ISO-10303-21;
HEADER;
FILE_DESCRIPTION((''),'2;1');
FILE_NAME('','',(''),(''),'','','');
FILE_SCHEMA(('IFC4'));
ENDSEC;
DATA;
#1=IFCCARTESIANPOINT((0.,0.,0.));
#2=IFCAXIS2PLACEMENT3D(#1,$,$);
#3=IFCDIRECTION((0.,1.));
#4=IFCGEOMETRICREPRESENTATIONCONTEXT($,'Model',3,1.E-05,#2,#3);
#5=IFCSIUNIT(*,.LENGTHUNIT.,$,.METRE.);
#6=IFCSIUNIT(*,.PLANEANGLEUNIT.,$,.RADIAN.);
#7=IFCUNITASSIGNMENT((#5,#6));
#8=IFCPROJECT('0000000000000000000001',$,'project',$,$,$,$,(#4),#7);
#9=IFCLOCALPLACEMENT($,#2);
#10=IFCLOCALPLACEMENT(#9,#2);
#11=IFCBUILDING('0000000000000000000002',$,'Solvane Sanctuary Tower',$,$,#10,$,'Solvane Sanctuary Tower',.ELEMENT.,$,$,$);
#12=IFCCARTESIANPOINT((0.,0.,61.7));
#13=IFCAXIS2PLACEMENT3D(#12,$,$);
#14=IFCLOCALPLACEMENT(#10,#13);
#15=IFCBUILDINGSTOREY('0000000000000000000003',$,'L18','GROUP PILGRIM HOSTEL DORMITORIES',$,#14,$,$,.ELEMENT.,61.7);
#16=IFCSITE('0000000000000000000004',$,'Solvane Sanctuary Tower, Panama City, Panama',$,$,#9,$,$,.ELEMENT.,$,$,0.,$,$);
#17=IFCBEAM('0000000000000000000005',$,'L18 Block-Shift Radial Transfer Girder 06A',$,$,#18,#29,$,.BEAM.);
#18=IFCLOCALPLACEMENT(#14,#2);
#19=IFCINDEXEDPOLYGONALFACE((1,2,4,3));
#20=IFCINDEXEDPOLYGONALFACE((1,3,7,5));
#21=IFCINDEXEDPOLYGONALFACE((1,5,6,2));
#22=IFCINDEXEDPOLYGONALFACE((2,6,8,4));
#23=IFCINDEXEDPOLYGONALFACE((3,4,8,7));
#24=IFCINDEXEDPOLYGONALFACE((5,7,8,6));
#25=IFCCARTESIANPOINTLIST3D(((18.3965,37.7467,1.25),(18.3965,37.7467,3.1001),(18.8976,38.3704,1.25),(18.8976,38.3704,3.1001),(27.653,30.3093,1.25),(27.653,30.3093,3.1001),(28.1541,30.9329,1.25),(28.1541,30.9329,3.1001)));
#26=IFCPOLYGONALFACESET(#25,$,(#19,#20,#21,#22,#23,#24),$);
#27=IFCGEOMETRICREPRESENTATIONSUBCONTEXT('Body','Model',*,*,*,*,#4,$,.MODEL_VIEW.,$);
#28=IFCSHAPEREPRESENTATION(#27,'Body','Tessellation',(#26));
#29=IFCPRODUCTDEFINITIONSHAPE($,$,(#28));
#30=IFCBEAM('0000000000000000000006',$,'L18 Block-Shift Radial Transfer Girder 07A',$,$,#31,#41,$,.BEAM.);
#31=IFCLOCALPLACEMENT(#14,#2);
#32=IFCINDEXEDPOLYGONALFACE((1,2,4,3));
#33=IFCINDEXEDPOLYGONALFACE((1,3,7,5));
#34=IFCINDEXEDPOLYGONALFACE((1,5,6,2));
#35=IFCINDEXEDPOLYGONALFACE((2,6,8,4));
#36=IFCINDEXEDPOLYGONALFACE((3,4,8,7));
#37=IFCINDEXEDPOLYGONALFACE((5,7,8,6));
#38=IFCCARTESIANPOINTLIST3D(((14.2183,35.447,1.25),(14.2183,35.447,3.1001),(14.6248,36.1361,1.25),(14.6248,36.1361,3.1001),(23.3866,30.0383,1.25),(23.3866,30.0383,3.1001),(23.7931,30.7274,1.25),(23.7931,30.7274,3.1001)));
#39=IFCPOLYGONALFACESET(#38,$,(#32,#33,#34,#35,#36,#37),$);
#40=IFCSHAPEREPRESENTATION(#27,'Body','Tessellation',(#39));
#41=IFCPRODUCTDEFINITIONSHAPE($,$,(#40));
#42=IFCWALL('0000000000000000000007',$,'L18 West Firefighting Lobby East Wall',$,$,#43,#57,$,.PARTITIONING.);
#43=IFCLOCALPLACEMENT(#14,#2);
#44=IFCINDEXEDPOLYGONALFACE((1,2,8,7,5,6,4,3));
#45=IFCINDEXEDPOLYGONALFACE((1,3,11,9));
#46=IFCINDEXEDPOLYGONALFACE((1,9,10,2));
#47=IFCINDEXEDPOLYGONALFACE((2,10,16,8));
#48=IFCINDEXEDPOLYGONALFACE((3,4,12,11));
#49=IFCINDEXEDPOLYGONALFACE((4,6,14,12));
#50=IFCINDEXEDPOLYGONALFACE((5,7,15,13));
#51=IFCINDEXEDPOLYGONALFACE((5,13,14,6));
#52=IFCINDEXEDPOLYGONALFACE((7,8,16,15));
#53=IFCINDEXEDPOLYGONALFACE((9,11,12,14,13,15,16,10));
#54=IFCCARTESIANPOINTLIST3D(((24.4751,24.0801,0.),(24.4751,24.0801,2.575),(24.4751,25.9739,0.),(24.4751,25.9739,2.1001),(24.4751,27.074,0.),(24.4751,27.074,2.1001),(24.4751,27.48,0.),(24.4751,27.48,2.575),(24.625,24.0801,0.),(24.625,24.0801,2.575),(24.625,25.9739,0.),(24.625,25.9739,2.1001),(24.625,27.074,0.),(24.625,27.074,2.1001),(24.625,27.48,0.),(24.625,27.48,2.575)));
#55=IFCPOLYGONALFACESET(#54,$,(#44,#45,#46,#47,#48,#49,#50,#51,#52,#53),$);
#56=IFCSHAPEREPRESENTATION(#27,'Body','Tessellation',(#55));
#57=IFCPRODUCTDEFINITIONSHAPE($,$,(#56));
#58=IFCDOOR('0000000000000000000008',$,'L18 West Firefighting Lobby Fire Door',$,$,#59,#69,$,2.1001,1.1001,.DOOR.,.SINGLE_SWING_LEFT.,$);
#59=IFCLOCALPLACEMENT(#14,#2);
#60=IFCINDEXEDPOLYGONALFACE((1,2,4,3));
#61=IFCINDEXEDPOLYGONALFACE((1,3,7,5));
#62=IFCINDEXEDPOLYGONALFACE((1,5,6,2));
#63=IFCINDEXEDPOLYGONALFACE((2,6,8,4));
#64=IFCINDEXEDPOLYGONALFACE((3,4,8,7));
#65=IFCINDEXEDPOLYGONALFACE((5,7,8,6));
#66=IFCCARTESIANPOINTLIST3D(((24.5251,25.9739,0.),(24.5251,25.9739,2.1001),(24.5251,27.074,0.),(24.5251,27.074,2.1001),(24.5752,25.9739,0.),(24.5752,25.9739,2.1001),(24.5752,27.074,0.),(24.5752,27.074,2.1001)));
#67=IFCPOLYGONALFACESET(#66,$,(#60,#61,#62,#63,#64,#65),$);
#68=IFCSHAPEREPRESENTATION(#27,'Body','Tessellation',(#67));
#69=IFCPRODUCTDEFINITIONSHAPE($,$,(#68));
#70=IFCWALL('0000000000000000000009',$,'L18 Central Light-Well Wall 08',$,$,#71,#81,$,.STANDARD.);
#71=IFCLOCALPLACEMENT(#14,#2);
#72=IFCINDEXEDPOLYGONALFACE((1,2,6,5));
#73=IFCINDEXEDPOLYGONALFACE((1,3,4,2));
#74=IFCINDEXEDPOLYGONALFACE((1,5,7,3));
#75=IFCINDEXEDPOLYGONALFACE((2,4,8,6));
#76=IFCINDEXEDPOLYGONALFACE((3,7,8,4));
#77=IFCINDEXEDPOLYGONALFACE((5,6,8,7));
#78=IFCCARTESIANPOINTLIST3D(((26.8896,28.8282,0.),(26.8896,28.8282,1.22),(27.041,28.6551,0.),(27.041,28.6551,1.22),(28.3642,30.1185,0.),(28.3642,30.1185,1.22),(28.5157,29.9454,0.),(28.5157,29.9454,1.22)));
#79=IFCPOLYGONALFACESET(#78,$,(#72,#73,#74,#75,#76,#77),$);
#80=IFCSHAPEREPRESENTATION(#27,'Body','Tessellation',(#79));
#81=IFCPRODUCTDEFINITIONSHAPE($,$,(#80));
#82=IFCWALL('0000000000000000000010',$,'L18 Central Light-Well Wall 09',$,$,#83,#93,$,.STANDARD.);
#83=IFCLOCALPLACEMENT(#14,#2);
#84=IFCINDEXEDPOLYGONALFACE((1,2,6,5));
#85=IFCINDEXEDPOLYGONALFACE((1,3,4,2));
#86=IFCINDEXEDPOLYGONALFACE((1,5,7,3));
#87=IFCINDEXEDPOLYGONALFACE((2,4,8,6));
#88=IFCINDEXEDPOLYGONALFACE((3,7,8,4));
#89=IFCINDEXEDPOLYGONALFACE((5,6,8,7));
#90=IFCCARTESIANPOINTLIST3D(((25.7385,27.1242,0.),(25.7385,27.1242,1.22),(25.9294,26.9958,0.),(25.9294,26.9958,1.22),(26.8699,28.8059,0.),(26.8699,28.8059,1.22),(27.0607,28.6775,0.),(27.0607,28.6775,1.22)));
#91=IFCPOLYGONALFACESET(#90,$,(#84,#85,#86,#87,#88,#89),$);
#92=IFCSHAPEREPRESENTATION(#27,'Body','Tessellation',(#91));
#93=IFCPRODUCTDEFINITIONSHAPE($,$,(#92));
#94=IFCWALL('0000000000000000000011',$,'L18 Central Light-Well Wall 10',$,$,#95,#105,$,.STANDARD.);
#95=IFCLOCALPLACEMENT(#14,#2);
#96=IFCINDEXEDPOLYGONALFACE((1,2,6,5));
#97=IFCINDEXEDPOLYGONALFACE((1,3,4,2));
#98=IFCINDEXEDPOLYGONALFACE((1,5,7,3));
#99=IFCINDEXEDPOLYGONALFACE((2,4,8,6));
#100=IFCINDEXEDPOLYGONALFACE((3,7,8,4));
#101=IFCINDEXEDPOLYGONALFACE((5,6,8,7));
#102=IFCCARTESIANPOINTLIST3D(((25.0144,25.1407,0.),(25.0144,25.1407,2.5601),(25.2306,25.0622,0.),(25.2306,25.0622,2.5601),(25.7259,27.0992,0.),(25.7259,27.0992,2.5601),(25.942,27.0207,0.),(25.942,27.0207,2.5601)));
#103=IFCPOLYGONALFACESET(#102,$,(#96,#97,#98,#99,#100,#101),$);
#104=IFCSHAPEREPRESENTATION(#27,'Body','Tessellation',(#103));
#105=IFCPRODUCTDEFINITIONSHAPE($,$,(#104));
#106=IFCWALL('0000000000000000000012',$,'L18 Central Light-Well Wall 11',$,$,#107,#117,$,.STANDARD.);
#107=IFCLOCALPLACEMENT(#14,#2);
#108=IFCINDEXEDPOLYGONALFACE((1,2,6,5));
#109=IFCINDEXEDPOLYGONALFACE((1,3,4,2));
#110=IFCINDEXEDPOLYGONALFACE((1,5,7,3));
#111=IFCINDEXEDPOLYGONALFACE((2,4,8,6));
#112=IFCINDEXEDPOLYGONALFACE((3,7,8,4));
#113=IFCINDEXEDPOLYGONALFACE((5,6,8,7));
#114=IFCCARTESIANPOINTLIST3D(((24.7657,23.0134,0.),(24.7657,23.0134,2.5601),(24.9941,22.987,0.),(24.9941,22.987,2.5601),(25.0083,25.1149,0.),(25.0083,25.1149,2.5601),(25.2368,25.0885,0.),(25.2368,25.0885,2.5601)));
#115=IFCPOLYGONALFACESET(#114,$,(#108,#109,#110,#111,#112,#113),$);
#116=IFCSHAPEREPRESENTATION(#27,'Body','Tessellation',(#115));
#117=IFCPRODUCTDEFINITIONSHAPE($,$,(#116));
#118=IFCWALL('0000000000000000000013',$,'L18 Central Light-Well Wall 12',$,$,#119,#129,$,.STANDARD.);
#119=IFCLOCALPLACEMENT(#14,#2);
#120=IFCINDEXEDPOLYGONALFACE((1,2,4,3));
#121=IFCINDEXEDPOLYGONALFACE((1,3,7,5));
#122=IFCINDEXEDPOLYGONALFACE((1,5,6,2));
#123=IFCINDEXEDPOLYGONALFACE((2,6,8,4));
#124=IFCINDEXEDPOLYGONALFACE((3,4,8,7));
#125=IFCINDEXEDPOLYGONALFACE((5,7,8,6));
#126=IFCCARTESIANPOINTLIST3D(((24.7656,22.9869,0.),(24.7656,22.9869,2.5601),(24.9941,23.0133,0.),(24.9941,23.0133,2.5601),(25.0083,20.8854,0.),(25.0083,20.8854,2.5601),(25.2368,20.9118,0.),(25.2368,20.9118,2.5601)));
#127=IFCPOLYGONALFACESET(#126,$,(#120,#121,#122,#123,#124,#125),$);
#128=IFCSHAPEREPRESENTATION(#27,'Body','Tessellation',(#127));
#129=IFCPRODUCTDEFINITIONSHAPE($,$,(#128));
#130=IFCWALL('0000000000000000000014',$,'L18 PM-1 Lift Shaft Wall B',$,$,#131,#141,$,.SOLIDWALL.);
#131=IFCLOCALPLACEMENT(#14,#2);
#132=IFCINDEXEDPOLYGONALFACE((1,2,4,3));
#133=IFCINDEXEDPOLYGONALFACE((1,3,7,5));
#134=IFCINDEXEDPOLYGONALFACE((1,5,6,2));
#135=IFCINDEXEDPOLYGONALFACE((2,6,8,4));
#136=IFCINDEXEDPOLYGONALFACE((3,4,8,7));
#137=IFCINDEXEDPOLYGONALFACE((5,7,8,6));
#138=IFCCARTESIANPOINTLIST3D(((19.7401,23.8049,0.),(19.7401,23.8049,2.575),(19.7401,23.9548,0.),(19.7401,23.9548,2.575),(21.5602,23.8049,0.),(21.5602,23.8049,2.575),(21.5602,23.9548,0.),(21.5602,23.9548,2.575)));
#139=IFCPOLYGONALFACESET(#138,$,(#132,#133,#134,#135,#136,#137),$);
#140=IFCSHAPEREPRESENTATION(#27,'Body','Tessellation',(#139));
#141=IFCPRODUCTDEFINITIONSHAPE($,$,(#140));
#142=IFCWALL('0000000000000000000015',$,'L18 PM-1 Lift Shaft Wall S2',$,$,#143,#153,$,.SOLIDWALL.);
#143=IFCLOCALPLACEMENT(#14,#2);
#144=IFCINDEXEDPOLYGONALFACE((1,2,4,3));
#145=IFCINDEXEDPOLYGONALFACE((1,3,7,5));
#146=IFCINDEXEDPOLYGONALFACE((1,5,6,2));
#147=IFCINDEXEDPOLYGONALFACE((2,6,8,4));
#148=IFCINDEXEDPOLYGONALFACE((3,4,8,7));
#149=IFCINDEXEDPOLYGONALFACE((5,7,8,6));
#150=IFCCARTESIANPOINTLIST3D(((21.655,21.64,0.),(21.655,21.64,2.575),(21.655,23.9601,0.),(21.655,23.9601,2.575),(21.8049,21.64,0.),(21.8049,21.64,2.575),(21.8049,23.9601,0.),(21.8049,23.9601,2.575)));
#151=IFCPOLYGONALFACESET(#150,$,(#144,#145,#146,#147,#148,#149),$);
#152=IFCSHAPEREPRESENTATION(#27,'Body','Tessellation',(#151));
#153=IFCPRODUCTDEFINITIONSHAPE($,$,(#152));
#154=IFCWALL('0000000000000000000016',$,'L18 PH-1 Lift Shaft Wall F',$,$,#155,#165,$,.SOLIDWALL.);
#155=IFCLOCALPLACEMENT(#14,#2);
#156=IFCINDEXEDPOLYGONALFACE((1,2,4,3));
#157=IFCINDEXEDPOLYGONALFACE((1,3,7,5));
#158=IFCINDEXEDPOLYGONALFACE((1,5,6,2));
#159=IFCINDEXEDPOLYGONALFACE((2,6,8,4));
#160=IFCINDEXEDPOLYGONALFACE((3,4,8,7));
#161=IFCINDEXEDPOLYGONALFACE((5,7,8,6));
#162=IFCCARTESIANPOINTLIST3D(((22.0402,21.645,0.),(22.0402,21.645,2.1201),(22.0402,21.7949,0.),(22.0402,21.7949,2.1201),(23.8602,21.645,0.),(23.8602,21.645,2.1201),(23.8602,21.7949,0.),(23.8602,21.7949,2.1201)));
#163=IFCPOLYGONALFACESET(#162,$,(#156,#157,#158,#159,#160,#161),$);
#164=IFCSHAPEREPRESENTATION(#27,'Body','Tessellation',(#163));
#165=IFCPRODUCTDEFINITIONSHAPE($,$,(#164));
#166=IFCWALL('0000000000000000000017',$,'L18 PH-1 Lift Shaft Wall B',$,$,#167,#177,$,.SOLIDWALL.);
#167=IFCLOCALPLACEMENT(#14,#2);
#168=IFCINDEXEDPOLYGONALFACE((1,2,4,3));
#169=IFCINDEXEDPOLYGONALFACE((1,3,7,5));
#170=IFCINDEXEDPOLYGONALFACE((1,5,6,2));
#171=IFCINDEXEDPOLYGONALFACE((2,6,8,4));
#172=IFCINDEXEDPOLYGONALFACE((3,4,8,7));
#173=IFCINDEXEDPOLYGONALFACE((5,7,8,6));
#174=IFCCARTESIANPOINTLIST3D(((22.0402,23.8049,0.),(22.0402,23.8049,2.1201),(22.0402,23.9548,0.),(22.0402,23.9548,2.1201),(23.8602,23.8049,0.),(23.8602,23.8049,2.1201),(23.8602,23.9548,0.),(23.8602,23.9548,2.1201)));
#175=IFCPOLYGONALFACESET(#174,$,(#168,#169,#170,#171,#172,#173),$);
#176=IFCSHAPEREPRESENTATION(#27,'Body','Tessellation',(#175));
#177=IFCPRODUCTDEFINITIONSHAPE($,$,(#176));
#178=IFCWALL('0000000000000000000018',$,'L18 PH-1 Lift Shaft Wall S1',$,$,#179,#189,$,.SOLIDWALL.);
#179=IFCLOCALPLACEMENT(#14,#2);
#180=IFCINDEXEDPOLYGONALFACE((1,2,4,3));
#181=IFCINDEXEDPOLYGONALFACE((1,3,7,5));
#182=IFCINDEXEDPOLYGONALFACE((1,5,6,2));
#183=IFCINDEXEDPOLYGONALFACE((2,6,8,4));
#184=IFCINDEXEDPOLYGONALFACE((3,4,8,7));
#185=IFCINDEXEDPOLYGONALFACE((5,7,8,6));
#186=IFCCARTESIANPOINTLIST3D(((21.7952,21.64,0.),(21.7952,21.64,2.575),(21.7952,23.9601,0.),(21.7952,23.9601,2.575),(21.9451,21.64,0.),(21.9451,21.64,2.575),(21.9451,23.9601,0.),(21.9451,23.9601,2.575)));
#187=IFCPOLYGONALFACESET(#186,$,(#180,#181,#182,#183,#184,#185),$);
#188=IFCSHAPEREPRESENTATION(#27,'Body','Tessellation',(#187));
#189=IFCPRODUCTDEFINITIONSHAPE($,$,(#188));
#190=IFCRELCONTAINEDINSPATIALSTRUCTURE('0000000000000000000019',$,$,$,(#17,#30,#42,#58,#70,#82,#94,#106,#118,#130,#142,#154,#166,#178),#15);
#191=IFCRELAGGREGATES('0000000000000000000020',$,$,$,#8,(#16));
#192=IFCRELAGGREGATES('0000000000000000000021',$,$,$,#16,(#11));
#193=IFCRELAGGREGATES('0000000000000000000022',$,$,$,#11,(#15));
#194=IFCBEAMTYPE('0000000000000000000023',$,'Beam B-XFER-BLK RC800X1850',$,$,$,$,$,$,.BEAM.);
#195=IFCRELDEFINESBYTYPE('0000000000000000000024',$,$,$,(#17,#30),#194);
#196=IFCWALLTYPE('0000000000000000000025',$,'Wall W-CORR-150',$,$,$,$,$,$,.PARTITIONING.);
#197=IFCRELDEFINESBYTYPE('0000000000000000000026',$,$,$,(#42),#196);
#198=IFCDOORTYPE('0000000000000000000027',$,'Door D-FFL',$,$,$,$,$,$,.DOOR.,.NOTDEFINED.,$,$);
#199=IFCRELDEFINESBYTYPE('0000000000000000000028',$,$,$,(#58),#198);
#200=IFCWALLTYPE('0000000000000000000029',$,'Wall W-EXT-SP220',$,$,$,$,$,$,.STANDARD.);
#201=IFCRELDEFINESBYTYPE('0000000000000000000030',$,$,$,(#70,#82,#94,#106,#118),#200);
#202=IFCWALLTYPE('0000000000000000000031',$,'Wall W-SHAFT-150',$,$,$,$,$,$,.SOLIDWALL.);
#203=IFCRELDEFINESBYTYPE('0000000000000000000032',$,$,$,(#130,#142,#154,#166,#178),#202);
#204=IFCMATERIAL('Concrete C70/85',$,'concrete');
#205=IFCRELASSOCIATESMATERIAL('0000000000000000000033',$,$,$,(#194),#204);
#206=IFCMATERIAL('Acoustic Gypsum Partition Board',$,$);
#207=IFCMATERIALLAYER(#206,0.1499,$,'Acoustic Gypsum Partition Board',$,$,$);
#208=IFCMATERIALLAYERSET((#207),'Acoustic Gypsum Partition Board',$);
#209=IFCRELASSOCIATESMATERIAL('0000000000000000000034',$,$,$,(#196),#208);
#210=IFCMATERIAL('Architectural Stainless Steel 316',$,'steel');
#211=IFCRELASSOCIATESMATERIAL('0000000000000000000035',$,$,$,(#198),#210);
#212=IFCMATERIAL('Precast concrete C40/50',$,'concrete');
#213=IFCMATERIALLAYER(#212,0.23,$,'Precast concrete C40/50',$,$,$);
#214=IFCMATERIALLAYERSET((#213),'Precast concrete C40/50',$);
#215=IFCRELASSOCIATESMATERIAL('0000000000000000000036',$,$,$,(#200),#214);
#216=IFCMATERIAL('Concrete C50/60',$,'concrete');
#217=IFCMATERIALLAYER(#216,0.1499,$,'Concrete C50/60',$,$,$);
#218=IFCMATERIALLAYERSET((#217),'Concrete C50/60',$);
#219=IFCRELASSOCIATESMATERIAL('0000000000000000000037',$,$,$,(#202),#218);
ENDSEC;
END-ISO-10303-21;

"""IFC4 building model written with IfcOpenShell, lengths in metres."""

from ifc_helpers import new_model, si_unit, direction, frame, frame_2d, origin, origin_2d, place, context, subcontext, project, spatial, rectangle, extrude, material, layer, layer_set, material_profile, profile_set, type_object, element, fill, save


model = new_model("IFC4")

# Units and contexts
model_context = context("Model", 3, precision=1e-05, world=origin(), true_north=direction((0.0, 1.0)))
body_context = subcontext(model_context, "Body", "Model", "MODEL_VIEW")
ifc_project = project(units=[si_unit("LENGTHUNIT", "METRE"), si_unit("PLANEANGLEUNIT", "RADIAN")], contexts=[model_context])

# Site, building, storey
site_placement = place(None, origin())
site = spatial("IfcSite", under=ifc_project, at=site_placement, Name="Solvane Sanctuary Tower, Panama City, Panama", CompositionType="ELEMENT", RefElevation=0.0)
building_placement = place(site_placement, origin())
building = spatial("IfcBuilding", under=site, at=building_placement, Name="Solvane Sanctuary Tower", LongName="Solvane Sanctuary Tower", CompositionType="ELEMENT")
storey_placement = place(building_placement, frame((0.0, 0.0, 61.7)))
storey = spatial("IfcBuildingStorey", under=building, at=storey_placement, Name="L18", Description="GROUP PILGRIM HOSTEL DORMITORIES", CompositionType="ELEMENT", Elevation=61.7)

# Shared definitions
ifc_material_1 = material(Name="Concrete C70/85", Category="concrete")

# Beams
ifc_material_profile_1 = material_profile(ifc_material_1, rectangle(XDim=0.8, YDim=1.8501, at=origin_2d()), Name="RC800X1850")
ifc_profile_set_1 = profile_set([ifc_material_profile_1], Name="Concrete C70/85")
beam_type_1 = type_object("IfcBeamType", Name="Beam B-XFER-BLK RC800X1850", PredefinedType="BEAM", material=ifc_profile_set_1)
beam_1_placement = place(storey_placement, frame((27.9036, 30.6211, 2.175), z_axis=(-0.779543, 0.626348, 0.0), x_axis=(-0.626348, -0.779543, 0.0)))
element("IfcBeam", 1, at=beam_1_placement, inside=storey, type_object=beam_type_1, Name="L18 Block-Shift Radial Transfer Girder 06A", PredefinedType="BEAM", context=body_context, shape_type="SweptSolid", body=[
    extrude(rectangle(XDim=0.8, YDim=1.8501, at=origin_2d()), origin(), (0.0, 0.0, 1.0), 11.8743),
])
beam_2_placement = place(storey_placement, frame((23.5898, 30.3828, 2.175), z_axis=(-0.861292, 0.50811, 0.0), x_axis=(-0.50811, -0.861292, 0.0)))
element("IfcBeam", 2, at=beam_2_placement, inside=storey, type_object=beam_type_1, Name="L18 Block-Shift Radial Transfer Girder 07A", PredefinedType="BEAM", context=body_context, shape_type="SweptSolid", body=[
    extrude(rectangle(XDim=0.8, YDim=1.8501, at=origin_2d()), origin(), (0.0, 0.0, 1.0), 10.6448),
])

# Wall, opening, door
ifc_material_2 = material(Name="Acoustic Gypsum Partition Board")
ifc_layer_1 = layer(ifc_material_2, 0.1499, Name="Acoustic Gypsum Partition Board")
ifc_layer_set_1 = layer_set([ifc_layer_1], Name="Acoustic Gypsum Partition Board")
wall_type_1 = type_object("IfcWallType", Name="Wall W-CORR-150", PredefinedType="PARTITIONING", material=ifc_layer_set_1)
wall_1_placement = place(storey_placement, frame((24.55, 24.0801, 0.0), z_axis=(0.0, 0.0, 1.0), x_axis=(0.0, 1.0, 0.0)))
wall_1 = element("IfcWall", 3, at=wall_1_placement, inside=storey, type_object=wall_type_1, Name="L18 West Firefighting Lobby East Wall", PredefinedType="PARTITIONING", context=body_context, shape_type="SweptSolid", body=[
    extrude(rectangle(XDim=3.3999, YDim=0.1499, at=frame_2d((1.7, 0.0))), origin(), (0.0, 0.0, 1.0), 2.575),
])
opening_1_placement = place(wall_1_placement, frame((1.8938, 0.0, 0.0)))
opening_1 = element("IfcOpeningElement", 4, at=opening_1_placement, cuts=wall_1, PredefinedType="OPENING", context=body_context, shape_type="SweptSolid", body=[
    extrude(rectangle(XDim=1.1001, YDim=2.1001, at=frame_2d((0.55, 1.05))), frame((0.0, 0.085, 0.0), z_axis=(0.0, -1.0, 0.0), x_axis=(1.0, 0.0, 0.0)), (0.0, 0.0, 1.0), 0.1699),
])
ifc_material_3 = material(Name="Architectural Stainless Steel 316", Category="steel")
door_type_1 = type_object("IfcDoorType", Name="Door D-FFL", OperationType="NOTDEFINED", PredefinedType="DOOR", material=ifc_material_3)
door_1_placement = place(opening_1_placement, origin())
door_1 = element("IfcDoor", 5, at=door_1_placement, inside=storey, type_object=door_type_1, Name="L18 West Firefighting Lobby Fire Door", OperationType="SINGLE_SWING_LEFT", OverallHeight=2.1001, OverallWidth=1.1001, PredefinedType="DOOR", context=body_context, shape_type="SweptSolid", body=[
    extrude(rectangle(XDim=1.1001, YDim=2.1001, at=frame_2d((0.55, 1.05))), frame((0.0, 0.0249, 0.0), z_axis=(0.0, -1.0, 0.0), x_axis=(1.0, 0.0, 0.0)), (0.0, 0.0, 1.0), 0.05),
])
fill(opening_1, door_1)

# Walls
ifc_material_4 = material(Name="Precast concrete C40/50", Category="concrete")
ifc_layer_2 = layer(ifc_material_4, 0.23, Name="Precast concrete C40/50")
ifc_layer_set_2 = layer_set([ifc_layer_2], Name="Precast concrete C40/50")
wall_type_2 = type_object("IfcWallType", Name="Wall W-EXT-SP220", PredefinedType="STANDARD", material=ifc_layer_set_2)
wall_2_placement = place(storey_placement, frame((28.4399, 30.032, 0.0), z_axis=(0.0, 0.0, 1.0), x_axis=(-0.752577, -0.658505, 0.0)))
element("IfcWall", 6, at=wall_2_placement, inside=storey, type_object=wall_type_2, Name="L18 Central Light-Well Wall 08", PredefinedType="STANDARD", context=body_context, shape_type="SweptSolid", body=[
    extrude(rectangle(XDim=1.9595, YDim=0.23, at=frame_2d((0.9797, 0.0))), origin(), (0.0, 0.0, 1.0), 1.22),
])
wall_3_placement = place(storey_placement, frame((26.9653, 28.7417, 0.0), z_axis=(0.0, 0.0, 1.0), x_axis=(-0.558198, -0.829708, 0.0)))
element("IfcWall", 7, at=wall_3_placement, inside=storey, type_object=wall_type_2, Name="L18 Central Light-Well Wall 09", PredefinedType="STANDARD", context=body_context, shape_type="SweptSolid", body=[
    extrude(rectangle(XDim=2.0269, YDim=0.23, at=frame_2d((1.0134, 0.0))), origin(), (0.0, 0.0, 1.0), 1.22),
])
wall_4_placement = place(storey_placement, frame((25.834, 27.0601, 0.0), z_axis=(0.0, 0.0, 1.0), x_axis=(-0.341423, -0.93991, 0.0)))
element("IfcWall", 8, at=wall_4_placement, inside=storey, type_object=wall_type_2, Name="L18 Central Light-Well Wall 10", PredefinedType="STANDARD", context=body_context, shape_type="SweptSolid", body=[
    extrude(rectangle(XDim=2.0837, YDim=0.23, at=frame_2d((1.042, 0.0))), origin(), (0.0, 0.0, 1.0), 2.5601),
])
for number, where, z_axis, x_axis, name in (
    (9, (25.1226, 25.1016, 0.0), (0.0, 0.0, 1.0), (-0.114712, -0.993399, 0.0), "L18 Central Light-Well Wall 11"),
    (10, (24.8799, 23.0, 0.0), (0.0, 0.0, 1.0), (0.114712, -0.993399, 0.0), "L18 Central Light-Well Wall 12"),
):
    element("IfcWall", number, at=place(storey_placement, frame(where, z_axis=z_axis, x_axis=x_axis)), inside=storey, type_object=wall_type_2, Name=name, PredefinedType="STANDARD", context=body_context, shape_type="SweptSolid", body=[
        extrude(rectangle(XDim=2.1155, YDim=0.23, at=frame_2d((1.0576, 0.0))), origin(), (0.0, 0.0, 1.0), 2.5601),
    ])
ifc_material_5 = material(Name="Concrete C50/60", Category="concrete")
ifc_layer_3 = layer(ifc_material_5, 0.1499, Name="Concrete C50/60")
ifc_layer_set_3 = layer_set([ifc_layer_3], Name="Concrete C50/60")
wall_type_3 = type_object("IfcWallType", Name="Wall W-SHAFT-150", PredefinedType="SOLIDWALL", material=ifc_layer_set_3)
wall_5_placement = place(storey_placement, frame((19.74, 23.8799, 0.0), z_axis=(0.0, 0.0, 1.0), x_axis=(1.0, 0.0, 0.0)))
element("IfcWall", 11, at=wall_5_placement, inside=storey, type_object=wall_type_3, Name="L18 PM-1 Lift Shaft Wall B", PredefinedType="SOLIDWALL", context=body_context, shape_type="SweptSolid", body=[
    extrude(rectangle(XDim=1.8201, YDim=0.1499, at=frame_2d((0.9102, 0.0))), origin(), (0.0, 0.0, 1.0), 2.575),
])
wall_6_placement = place(storey_placement, frame((21.73, 21.6399, 0.0), z_axis=(0.0, 0.0, 1.0), x_axis=(0.0, 1.0, 0.0)))
element("IfcWall", 12, at=wall_6_placement, inside=storey, type_object=wall_type_3, Name="L18 PM-1 Lift Shaft Wall S2", PredefinedType="SOLIDWALL", context=body_context, shape_type="SweptSolid", body=[
    extrude(rectangle(XDim=2.3201, YDim=0.1499, at=frame_2d((1.1602, 0.0))), origin(), (0.0, 0.0, 1.0), 2.575),
])
for number, where, z_axis, x_axis, name in (
    (13, (22.04, 21.72, 0.0), (0.0, 0.0, 1.0), (1.0, 0.0, 0.0), "L18 PH-1 Lift Shaft Wall F"),
    (14, (22.04, 23.8799, 0.0), (0.0, 0.0, 1.0), (1.0, 0.0, 0.0), "L18 PH-1 Lift Shaft Wall B"),
):
    element("IfcWall", number, at=place(storey_placement, frame(where, z_axis=z_axis, x_axis=x_axis)), inside=storey, type_object=wall_type_3, Name=name, PredefinedType="SOLIDWALL", context=body_context, shape_type="SweptSolid", body=[
        extrude(rectangle(XDim=1.8201, YDim=0.1499, at=frame_2d((0.9102, 0.0))), origin(), (0.0, 0.0, 1.0), 2.1201),
    ])
wall_7_placement = place(storey_placement, frame((21.8701, 21.6399, 0.0), z_axis=(0.0, 0.0, 1.0), x_axis=(0.0, 1.0, 0.0)))
element("IfcWall", 15, at=wall_7_placement, inside=storey, type_object=wall_type_3, Name="L18 PH-1 Lift Shaft Wall S1", PredefinedType="SOLIDWALL", context=body_context, shape_type="SweptSolid", body=[
    extrude(rectangle(XDim=2.3201, YDim=0.1499, at=frame_2d((1.1602, 0.0))), origin(), (0.0, 0.0, 1.0), 2.575),
])

save(model, "model.ifc")
